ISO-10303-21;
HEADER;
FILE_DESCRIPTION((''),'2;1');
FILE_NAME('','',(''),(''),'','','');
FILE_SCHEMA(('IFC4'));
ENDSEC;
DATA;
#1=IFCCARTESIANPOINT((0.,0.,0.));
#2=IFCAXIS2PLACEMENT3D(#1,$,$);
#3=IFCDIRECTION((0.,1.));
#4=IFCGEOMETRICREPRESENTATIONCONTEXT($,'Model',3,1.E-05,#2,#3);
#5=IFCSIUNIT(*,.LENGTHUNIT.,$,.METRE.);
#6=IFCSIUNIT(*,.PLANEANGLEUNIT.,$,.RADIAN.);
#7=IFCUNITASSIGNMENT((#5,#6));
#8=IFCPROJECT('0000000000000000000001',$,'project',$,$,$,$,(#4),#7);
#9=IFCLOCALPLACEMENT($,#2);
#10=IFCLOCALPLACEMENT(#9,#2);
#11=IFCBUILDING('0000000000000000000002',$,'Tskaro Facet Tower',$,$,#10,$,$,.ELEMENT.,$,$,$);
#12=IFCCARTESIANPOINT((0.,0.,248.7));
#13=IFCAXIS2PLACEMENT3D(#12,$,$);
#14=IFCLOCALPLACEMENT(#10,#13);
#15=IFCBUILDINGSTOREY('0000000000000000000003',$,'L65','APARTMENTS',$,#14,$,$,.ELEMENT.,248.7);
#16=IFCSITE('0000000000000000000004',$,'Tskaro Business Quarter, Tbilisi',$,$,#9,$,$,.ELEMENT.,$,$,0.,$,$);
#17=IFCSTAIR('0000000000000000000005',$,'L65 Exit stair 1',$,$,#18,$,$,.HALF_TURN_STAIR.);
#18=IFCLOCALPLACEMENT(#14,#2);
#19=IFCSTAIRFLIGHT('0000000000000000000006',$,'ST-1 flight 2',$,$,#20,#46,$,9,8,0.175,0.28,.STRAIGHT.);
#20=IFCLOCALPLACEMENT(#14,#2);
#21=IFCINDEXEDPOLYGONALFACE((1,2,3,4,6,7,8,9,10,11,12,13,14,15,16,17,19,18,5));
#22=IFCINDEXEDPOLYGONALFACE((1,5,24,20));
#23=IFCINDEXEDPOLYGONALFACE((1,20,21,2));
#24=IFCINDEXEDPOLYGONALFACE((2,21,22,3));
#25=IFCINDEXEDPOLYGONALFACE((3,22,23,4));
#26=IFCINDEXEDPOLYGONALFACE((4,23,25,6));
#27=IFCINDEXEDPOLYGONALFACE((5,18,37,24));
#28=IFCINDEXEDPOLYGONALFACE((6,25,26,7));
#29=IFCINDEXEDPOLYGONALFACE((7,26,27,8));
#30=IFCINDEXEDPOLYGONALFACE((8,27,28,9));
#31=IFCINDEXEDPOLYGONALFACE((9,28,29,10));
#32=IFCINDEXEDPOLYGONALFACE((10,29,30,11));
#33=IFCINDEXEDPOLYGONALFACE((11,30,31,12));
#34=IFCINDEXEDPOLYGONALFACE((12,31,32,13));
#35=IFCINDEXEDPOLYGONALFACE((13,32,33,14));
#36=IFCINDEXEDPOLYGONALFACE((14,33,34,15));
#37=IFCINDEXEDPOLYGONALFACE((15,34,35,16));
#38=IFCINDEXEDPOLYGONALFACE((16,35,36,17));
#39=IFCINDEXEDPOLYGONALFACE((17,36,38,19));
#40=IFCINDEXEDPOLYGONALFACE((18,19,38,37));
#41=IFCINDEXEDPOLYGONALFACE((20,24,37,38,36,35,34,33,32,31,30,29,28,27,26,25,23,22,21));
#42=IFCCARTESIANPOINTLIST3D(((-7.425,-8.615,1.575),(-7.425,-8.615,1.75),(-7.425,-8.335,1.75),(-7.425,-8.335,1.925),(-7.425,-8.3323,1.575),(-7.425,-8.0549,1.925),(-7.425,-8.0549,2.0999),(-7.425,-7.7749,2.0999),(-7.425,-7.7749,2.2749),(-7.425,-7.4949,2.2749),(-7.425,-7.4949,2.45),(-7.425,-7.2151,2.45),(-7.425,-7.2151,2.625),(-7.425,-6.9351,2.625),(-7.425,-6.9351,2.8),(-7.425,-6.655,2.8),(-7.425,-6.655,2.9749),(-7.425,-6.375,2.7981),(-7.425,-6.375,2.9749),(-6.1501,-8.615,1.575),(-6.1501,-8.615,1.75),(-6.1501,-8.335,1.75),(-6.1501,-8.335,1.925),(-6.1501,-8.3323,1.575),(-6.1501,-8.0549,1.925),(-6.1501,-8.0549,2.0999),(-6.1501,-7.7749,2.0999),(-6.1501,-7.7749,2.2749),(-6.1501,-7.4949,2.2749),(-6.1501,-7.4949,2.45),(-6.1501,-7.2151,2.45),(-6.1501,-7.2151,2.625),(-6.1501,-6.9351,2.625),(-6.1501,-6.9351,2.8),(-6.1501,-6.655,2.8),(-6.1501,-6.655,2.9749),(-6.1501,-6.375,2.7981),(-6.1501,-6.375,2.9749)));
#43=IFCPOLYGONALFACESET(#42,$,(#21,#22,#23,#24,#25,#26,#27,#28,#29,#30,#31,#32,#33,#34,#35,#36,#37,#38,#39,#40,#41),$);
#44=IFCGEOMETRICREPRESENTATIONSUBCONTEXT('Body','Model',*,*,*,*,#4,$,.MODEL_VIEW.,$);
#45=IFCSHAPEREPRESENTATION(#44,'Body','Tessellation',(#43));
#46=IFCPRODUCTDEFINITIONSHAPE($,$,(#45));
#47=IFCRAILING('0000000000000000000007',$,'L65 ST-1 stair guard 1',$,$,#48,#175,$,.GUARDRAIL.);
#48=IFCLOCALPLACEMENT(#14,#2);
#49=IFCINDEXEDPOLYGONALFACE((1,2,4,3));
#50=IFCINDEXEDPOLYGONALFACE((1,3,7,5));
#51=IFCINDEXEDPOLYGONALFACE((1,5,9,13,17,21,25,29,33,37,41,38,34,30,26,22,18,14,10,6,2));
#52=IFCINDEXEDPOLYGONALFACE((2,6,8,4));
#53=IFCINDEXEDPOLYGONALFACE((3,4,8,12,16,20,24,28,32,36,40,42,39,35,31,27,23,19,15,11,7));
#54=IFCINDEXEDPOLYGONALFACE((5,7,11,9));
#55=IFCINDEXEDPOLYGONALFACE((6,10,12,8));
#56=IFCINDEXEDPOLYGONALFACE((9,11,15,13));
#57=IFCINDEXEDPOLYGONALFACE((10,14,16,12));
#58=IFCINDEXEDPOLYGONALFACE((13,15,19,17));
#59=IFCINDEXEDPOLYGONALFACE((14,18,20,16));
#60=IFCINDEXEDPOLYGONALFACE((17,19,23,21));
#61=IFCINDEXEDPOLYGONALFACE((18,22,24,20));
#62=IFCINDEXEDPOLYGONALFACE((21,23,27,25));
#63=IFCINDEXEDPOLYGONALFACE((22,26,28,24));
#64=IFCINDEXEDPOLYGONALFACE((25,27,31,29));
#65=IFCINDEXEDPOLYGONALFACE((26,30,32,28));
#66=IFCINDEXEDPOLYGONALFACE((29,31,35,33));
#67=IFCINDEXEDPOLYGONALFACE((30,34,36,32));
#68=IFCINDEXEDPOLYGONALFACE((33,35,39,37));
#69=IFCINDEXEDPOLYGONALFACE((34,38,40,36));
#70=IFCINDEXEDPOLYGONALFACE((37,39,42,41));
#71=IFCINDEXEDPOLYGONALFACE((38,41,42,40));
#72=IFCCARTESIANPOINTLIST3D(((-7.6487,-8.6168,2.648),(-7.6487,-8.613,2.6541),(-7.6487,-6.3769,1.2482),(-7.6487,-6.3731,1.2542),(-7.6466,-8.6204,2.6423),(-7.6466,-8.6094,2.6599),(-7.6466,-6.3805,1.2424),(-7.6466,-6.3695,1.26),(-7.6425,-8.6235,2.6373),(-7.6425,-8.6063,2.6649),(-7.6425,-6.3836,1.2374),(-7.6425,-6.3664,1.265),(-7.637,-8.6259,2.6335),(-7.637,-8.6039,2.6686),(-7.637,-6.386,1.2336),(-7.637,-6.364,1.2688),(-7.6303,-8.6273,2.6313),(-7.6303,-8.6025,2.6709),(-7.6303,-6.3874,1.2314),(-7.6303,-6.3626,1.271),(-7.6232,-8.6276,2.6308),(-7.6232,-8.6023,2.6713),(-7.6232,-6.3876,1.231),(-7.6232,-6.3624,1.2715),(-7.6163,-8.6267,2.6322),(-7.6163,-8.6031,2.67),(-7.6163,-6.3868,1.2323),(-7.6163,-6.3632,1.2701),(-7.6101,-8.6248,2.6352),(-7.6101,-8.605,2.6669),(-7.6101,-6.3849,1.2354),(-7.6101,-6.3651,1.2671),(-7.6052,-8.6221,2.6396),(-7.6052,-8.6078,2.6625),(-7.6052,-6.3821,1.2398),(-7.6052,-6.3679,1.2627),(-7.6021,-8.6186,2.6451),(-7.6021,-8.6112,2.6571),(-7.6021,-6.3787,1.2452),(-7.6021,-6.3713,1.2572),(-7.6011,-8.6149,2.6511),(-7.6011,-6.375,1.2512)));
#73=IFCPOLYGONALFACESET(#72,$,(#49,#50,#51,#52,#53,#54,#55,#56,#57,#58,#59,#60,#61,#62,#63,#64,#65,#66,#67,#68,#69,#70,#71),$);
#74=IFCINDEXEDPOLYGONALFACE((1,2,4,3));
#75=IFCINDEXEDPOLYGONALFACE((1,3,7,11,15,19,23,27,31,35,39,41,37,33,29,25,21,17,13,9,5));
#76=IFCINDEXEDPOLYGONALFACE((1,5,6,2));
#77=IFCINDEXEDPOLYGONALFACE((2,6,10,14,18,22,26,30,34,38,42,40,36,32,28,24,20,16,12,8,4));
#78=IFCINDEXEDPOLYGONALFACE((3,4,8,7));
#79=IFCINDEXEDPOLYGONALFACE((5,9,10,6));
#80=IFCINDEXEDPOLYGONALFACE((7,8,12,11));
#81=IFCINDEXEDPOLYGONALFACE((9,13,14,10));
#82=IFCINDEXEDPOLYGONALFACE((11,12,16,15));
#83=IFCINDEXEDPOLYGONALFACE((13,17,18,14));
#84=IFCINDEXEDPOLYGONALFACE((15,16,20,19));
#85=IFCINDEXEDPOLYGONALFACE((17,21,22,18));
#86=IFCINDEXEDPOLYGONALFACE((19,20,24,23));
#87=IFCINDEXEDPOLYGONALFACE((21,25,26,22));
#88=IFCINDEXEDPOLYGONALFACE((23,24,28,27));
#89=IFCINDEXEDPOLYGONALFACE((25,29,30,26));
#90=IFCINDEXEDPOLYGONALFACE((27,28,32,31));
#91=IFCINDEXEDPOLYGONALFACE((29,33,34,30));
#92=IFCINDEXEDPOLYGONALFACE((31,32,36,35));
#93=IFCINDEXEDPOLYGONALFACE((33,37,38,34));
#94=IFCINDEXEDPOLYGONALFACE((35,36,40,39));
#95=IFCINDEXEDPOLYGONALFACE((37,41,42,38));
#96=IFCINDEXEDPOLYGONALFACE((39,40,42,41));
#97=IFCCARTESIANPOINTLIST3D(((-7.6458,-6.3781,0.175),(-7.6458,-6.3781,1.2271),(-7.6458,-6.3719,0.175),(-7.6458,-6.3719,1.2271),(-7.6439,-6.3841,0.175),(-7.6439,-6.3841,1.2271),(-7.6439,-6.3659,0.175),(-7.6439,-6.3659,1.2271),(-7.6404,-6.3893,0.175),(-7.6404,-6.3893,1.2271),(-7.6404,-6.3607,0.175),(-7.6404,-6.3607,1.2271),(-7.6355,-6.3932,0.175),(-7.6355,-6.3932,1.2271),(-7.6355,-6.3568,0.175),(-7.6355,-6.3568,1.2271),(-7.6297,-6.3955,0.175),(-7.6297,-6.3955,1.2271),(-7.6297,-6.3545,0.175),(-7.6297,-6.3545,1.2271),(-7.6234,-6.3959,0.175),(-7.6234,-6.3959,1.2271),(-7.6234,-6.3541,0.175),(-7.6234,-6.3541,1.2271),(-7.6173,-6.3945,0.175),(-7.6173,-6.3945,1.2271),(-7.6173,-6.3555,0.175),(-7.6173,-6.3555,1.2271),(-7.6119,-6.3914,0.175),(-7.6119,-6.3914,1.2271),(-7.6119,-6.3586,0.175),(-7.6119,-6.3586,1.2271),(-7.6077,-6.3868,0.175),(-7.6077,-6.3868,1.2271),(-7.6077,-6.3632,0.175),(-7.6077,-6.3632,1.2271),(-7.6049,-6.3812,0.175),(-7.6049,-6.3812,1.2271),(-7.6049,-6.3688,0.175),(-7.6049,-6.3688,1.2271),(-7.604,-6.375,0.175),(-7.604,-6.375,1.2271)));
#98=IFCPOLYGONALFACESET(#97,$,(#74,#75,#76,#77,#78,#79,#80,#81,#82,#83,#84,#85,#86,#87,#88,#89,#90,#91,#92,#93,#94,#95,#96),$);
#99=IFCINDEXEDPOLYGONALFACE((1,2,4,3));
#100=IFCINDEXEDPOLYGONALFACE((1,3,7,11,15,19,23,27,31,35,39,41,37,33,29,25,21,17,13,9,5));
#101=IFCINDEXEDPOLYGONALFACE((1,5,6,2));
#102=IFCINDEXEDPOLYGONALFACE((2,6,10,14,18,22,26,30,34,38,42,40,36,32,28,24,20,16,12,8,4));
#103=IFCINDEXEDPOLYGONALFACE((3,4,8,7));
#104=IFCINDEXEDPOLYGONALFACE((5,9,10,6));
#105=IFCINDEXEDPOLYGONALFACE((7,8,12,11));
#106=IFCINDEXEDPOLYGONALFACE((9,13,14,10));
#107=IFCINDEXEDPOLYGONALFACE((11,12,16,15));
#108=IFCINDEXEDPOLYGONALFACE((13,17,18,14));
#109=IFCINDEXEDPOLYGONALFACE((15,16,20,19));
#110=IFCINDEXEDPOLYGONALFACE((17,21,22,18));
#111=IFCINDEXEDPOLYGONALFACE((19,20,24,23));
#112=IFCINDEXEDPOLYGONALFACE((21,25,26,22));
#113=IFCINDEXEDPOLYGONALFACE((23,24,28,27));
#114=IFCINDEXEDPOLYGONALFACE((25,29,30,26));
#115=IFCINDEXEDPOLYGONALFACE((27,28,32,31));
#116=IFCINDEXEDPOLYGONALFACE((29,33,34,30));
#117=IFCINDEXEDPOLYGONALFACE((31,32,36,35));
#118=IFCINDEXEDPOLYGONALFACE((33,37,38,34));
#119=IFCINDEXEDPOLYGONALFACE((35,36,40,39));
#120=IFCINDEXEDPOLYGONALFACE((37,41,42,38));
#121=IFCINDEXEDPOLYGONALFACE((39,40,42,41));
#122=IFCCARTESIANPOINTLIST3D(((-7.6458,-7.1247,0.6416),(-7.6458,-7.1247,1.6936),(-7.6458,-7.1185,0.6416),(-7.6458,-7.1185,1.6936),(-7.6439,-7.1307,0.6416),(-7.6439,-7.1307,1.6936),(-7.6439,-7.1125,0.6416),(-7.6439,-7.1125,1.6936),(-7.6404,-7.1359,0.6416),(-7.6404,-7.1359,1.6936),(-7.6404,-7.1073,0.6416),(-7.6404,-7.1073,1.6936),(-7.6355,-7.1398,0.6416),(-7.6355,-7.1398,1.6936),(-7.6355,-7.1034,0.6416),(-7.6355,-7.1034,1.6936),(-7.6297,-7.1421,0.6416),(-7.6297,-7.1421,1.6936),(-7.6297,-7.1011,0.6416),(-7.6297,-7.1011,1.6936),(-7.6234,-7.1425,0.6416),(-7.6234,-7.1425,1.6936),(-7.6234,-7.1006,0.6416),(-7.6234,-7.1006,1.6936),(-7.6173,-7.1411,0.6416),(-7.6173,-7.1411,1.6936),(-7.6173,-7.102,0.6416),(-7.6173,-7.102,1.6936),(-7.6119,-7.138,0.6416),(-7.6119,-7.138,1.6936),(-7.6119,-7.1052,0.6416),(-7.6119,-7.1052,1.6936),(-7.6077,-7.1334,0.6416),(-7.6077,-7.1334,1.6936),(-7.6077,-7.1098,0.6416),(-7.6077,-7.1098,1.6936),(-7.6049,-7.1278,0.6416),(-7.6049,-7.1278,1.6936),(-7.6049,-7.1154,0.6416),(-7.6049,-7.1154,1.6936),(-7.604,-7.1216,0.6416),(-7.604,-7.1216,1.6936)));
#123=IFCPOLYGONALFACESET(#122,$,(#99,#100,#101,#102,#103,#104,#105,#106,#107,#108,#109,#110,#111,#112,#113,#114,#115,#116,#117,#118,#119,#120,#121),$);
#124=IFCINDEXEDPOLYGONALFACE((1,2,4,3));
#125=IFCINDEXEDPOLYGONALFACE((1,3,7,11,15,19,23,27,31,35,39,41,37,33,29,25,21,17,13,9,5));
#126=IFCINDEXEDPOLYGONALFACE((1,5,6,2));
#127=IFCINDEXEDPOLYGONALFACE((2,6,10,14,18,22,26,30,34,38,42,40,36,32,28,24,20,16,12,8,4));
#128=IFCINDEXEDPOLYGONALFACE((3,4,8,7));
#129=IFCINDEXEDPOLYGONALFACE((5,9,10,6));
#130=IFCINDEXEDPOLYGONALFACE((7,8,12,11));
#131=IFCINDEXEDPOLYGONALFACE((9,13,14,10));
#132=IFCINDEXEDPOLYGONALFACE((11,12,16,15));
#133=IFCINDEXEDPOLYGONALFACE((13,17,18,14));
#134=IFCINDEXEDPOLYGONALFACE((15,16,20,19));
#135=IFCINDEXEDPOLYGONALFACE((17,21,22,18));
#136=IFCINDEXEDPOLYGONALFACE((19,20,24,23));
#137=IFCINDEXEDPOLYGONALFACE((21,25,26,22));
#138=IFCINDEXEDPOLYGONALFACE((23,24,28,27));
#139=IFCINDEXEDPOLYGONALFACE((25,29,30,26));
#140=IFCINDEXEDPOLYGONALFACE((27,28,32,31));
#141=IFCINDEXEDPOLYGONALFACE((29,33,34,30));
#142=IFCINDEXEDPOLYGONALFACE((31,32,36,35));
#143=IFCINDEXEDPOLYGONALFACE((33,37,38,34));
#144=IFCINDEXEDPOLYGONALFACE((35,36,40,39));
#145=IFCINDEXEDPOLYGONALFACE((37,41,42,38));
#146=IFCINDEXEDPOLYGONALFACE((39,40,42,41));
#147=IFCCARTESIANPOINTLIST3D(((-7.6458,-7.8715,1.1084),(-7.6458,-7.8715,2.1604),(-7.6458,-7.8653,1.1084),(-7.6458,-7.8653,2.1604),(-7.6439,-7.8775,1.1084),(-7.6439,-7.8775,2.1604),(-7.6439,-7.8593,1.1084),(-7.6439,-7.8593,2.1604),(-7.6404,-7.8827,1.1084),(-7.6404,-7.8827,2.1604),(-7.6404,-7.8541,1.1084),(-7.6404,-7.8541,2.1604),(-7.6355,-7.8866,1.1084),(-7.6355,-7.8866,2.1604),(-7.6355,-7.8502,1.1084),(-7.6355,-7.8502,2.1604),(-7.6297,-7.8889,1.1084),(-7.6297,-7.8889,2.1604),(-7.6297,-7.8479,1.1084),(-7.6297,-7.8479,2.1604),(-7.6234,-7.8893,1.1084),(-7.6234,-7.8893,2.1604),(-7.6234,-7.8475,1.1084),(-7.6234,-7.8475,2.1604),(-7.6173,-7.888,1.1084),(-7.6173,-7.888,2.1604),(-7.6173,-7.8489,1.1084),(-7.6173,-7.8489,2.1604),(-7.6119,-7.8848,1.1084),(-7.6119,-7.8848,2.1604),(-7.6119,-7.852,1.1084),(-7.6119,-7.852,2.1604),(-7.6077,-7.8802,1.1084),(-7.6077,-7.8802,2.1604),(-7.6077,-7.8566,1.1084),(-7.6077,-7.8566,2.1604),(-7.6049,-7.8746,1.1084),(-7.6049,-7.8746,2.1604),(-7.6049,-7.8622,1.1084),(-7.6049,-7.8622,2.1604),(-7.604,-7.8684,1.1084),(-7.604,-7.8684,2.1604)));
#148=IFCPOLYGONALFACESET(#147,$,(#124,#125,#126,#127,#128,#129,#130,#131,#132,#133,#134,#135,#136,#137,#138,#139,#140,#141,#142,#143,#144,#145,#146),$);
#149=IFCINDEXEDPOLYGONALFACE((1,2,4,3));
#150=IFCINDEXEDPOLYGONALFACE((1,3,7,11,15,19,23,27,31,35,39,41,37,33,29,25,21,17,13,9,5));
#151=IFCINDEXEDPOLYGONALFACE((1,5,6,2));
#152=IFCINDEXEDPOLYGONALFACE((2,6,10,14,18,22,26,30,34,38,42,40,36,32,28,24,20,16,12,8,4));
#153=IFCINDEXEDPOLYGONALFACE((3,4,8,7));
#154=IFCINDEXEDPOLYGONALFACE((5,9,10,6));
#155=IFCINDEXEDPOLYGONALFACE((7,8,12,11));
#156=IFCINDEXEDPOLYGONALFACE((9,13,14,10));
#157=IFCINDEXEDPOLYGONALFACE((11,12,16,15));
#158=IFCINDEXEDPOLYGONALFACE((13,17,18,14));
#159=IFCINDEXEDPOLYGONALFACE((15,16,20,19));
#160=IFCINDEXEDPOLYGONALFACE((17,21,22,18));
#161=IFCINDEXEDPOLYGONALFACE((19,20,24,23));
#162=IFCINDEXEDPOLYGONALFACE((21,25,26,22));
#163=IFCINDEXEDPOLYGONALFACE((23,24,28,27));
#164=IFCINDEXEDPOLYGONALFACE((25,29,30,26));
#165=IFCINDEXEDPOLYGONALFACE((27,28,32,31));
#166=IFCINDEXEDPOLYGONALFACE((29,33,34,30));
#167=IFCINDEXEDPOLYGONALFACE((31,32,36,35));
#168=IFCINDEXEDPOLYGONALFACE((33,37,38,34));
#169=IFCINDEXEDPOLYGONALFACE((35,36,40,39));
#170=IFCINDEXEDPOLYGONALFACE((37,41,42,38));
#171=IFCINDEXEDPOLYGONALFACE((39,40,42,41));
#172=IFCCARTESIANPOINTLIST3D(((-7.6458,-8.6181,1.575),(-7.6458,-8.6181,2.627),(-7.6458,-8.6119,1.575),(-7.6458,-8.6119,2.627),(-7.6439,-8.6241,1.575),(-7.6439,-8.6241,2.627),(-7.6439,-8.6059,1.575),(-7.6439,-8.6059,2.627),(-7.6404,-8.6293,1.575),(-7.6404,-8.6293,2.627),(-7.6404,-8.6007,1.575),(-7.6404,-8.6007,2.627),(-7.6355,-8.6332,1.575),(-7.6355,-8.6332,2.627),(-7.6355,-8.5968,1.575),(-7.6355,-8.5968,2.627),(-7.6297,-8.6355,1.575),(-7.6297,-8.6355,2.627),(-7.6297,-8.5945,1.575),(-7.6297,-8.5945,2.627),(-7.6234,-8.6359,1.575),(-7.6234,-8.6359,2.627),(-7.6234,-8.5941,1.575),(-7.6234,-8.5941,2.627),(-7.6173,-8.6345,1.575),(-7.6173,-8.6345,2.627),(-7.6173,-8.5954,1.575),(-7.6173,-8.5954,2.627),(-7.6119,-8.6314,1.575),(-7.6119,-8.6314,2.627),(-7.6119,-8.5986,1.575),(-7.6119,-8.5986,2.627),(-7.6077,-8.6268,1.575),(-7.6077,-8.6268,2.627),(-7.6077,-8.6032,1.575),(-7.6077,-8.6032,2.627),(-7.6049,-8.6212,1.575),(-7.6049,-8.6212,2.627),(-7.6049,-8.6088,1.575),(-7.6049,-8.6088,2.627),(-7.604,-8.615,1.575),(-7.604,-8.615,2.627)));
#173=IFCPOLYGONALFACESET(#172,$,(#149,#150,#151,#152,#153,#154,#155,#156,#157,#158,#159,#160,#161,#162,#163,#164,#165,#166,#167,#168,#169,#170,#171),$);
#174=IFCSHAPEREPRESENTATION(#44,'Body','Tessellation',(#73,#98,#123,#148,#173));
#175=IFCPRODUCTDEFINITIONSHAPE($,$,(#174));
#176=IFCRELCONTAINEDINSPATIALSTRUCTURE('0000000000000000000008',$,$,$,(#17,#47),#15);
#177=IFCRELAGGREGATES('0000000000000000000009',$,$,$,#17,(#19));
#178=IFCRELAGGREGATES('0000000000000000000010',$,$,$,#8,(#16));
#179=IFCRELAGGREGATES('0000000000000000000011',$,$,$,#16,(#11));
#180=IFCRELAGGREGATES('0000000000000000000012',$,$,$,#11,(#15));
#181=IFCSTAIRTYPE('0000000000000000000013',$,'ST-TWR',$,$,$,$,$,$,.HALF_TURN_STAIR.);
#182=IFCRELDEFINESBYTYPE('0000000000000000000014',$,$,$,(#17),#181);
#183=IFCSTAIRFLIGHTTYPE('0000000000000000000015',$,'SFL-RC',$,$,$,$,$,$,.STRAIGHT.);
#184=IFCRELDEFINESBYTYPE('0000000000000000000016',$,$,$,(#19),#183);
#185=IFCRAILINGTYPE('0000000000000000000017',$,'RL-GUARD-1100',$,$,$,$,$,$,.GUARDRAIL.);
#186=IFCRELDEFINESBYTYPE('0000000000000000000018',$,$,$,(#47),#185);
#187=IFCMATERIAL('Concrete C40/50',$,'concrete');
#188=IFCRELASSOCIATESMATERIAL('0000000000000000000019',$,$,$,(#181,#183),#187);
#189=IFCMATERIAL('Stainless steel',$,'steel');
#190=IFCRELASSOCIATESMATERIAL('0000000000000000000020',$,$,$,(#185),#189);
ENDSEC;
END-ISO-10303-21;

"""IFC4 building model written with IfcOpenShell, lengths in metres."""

from ifc_helpers import new_model, si_unit, direction, frame, origin, origin_2d, place, context, subcontext, project, spatial, polyline, circle, outline, extrude, material, type_object, element, aggregate, save


model = new_model("IFC4")

# Units and contexts
model_context = context("Model", 3, precision=1e-05, world=origin(), true_north=direction((0.0, 1.0)))
body_context = subcontext(model_context, "Body", "Model", "MODEL_VIEW")
ifc_project = project(units=[si_unit("LENGTHUNIT", "METRE"), si_unit("PLANEANGLEUNIT", "RADIAN")], contexts=[model_context])

# Site, building, storey
site_placement = place(None, origin())
site = spatial("IfcSite", under=ifc_project, at=site_placement, Name="Tskaro Business Quarter, Tbilisi", CompositionType="ELEMENT", RefElevation=0.0)
building_placement = place(site_placement, origin())
building = spatial("IfcBuilding", under=site, at=building_placement, Name="Tskaro Facet Tower", CompositionType="ELEMENT")
storey_placement = place(building_placement, frame((0.0, 0.0, 248.7)))
storey = spatial("IfcBuildingStorey", under=building, at=storey_placement, Name="L65", Description="APARTMENTS", CompositionType="ELEMENT", Elevation=248.7)

# Shared definitions
ifc_material_1 = material(Name="Stainless steel", Category="steel")

# Shared definitions
ifc_material_2 = material(Name="Concrete C40/50", Category="concrete")

# Stair, stair flight
stair_type = type_object("IfcStairType", Name="ST-TWR", PredefinedType="HALF_TURN_STAIR", material=ifc_material_2)
stair_placement = place(storey_placement, origin())
stair = element("IfcStair", 1, at=stair_placement, inside=storey, type_object=stair_type, Name="L65 Exit stair 1", PredefinedType="HALF_TURN_STAIR")
stair_flight_type = type_object("IfcStairFlightType", Name="SFL-RC", PredefinedType="STRAIGHT", material=ifc_material_2)
stair_flight_1_placement = place(storey_placement, frame((-6.7876, -8.615, 1.575), z_axis=(0.0, 0.0, 1.0), x_axis=(0.0, 1.0, 0.0)))
stair_flight_1 = element("IfcStairFlight", 2, at=stair_flight_1_placement, type_object=stair_flight_type, Name="ST-1 flight 2", NumberOfRisers=9, NumberOfTreads=8, PredefinedType="STRAIGHT", RiserHeight=0.175, TreadLength=0.28, context=body_context, shape_type="SweptSolid", body=[
    extrude(outline(polyline([(0.0, 0.0), (0.0, 0.175), (0.28, 0.175), (0.28, 0.3501), (0.5601, 0.3501), (0.5601, 0.5249), (0.8401, 0.5249), (0.8401, 0.7), (1.1201, 0.7), (1.1201, 0.875), (1.3999, 0.875), (1.3999, 1.05), (1.6799, 1.05), (1.6799, 1.2251), (1.96, 1.2251), (1.96, 1.3999), (2.24, 1.3999), (2.24, 1.575), (2.24, 1.2231), (0.2827, 0.0), (0.0, 0.0)])), frame((0.0, 0.6375, 0.0), z_axis=(0.0, -1.0, 0.0), x_axis=(1.0, 0.0, 0.0)), (0.0, 0.0, 1.0), 1.2749),
])
aggregate(stair, [stair_flight_1])

# Railing
railing_type_1 = type_object("IfcRailingType", Name="RL-GUARD-1100", PredefinedType="GUARDRAIL", material=ifc_material_1)
railing_1_placement = place(storey_placement, frame((-7.625, -6.375, 0.175)))
element("IfcRailing", 3, at=railing_1_placement, inside=storey, type_object=railing_type_1, Name="L65 ST-1 stair guard 1", PredefinedType="GUARDRAIL", context=body_context, shape_type="SweptSolid", body=[
    extrude(circle(Radius=0.0239, at=origin_2d()), frame((0.0, 0.0, 1.0762), z_axis=(0.0, -0.848014, 0.529974), x_axis=(1.0, 0.0, 0.0)), (0.0, 0.0, 1.0), 2.6414),
    extrude(circle(Radius=0.021, at=origin_2d()), origin(), (0.0, 0.0, 1.0), 1.052),
    extrude(circle(Radius=0.021, at=origin_2d()), frame((0.0, -0.7466, 0.4666)), (0.0, 0.0, 1.0), 1.052),
    extrude(circle(Radius=0.021, at=origin_2d()), frame((0.0, -1.4934, 0.9333)), (0.0, 0.0, 1.0), 1.052),
    extrude(circle(Radius=0.021, at=origin_2d()), frame((0.0, -2.24, 1.3999)), (0.0, 0.0, 1.0), 1.052),
])

save(model, "model.ifc")
